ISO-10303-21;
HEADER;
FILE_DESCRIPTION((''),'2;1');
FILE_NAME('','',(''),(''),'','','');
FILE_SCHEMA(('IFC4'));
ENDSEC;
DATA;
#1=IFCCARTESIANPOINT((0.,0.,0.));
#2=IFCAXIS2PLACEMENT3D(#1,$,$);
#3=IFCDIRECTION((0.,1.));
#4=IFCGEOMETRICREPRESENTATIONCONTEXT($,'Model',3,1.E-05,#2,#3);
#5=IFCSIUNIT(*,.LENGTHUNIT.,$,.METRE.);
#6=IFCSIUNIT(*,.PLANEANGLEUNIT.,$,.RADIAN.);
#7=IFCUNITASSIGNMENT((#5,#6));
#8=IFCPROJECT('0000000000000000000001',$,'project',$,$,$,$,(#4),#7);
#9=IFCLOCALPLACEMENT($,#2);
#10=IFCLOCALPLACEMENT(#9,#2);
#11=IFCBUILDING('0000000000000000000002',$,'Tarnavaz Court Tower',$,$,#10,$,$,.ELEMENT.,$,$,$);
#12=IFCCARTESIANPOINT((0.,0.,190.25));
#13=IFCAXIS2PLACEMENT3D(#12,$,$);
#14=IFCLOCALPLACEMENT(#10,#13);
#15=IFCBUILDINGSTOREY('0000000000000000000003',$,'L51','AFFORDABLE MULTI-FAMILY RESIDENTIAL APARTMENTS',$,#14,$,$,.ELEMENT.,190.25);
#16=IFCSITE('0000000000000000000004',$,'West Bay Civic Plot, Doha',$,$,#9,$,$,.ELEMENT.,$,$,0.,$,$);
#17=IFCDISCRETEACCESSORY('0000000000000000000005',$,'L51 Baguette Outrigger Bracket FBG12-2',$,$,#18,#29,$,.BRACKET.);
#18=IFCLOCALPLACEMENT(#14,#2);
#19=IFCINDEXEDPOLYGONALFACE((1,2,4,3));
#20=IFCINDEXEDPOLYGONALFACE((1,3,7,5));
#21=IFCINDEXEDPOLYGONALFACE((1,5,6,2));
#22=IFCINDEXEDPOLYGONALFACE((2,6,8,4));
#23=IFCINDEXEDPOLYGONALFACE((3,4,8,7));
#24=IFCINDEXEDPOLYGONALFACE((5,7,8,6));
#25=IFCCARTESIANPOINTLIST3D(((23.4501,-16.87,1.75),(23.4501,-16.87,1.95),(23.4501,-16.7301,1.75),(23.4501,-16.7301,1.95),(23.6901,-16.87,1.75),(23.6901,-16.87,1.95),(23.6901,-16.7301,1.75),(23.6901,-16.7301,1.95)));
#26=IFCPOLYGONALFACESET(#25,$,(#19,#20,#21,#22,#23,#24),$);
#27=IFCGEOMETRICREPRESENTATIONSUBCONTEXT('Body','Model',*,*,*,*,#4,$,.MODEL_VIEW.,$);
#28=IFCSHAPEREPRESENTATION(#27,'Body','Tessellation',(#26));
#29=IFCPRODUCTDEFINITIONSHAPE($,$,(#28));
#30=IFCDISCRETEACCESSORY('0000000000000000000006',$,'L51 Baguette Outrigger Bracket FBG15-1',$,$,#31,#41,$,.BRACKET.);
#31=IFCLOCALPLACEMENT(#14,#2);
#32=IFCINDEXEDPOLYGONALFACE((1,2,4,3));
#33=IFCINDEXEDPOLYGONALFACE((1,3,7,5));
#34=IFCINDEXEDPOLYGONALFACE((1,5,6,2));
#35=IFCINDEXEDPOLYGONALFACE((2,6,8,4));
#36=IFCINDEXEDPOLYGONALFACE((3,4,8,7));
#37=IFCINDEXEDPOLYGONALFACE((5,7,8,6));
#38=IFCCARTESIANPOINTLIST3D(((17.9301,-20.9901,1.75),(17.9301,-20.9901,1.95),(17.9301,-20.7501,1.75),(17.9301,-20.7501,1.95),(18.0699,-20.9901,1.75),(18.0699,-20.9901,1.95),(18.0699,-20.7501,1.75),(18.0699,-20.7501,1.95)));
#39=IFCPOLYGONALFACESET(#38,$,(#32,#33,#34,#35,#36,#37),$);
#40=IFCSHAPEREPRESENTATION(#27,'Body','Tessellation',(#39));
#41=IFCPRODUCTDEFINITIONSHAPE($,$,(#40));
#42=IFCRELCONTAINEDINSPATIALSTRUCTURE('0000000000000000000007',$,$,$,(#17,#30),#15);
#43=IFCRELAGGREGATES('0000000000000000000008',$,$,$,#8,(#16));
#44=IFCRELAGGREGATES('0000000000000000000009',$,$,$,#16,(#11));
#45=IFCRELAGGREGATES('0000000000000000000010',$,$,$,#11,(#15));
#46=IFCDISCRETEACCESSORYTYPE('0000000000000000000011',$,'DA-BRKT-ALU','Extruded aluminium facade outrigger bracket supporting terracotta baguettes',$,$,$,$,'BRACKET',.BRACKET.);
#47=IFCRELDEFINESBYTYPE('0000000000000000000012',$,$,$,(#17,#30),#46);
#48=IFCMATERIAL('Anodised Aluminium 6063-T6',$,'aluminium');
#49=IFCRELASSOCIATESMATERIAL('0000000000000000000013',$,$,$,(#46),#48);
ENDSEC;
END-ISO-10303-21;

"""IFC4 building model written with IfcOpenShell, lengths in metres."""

from ifc_helpers import new_model, si_unit, direction, frame, origin, origin_2d, place, context, subcontext, project, spatial, rectangle, extrude, material, type_object, element, save


model = new_model("IFC4")

# Units and contexts
model_context = context("Model", 3, precision=1e-05, world=origin(), true_north=direction((0.0, 1.0)))
body_context = subcontext(model_context, "Body", "Model", "MODEL_VIEW")
ifc_project = project(units=[si_unit("LENGTHUNIT", "METRE"), si_unit("PLANEANGLEUNIT", "RADIAN")], contexts=[model_context])

# Site, building, storey
site_placement = place(None, origin())
site = spatial("IfcSite", under=ifc_project, at=site_placement, Name="West Bay Civic Plot, Doha", CompositionType="ELEMENT", RefElevation=0.0)
building_placement = place(site_placement, origin())
building = spatial("IfcBuilding", under=site, at=building_placement, Name="Tarnavaz Court Tower", CompositionType="ELEMENT")
storey_placement = place(building_placement, frame((0.0, 0.0, 190.25)))
storey = spatial("IfcBuildingStorey", under=building, at=storey_placement, Name="L51", Description="AFFORDABLE MULTI-FAMILY RESIDENTIAL APARTMENTS", CompositionType="ELEMENT", Elevation=190.25)

# Discrete accessories
ifc_material_1 = material(Name="Anodised Aluminium 6063-T6", Category="aluminium")
discrete_accessory_type = type_object("IfcDiscreteAccessoryType", Name="DA-BRKT-ALU", Description="Extruded aluminium facade outrigger bracket supporting terracotta baguettes", ElementType="BRACKET", PredefinedType="BRACKET", material=ifc_material_1)
for number, where, z_axis, x_axis, name in (
    (1, (23.5701, -16.8, 1.75), (0.0, 0.0, 1.0), (0.0, -1.0, 0.0), "L51 Baguette Outrigger Bracket FBG12-2"),
    (2, (18.0, -20.8701, 1.75), (0.0, 0.0, 1.0), (-1.0, 0.0, 0.0), "L51 Baguette Outrigger Bracket FBG15-1"),
):
    element("IfcDiscreteAccessory", number, at=place(storey_placement, frame(where, z_axis=z_axis, x_axis=x_axis)), inside=storey, type_object=discrete_accessory_type, Name=name, PredefinedType="BRACKET", context=body_context, shape_type="SweptSolid", body=[
        extrude(rectangle(XDim=0.1399, YDim=0.24, at=origin_2d()), origin(), (0.0, 0.0, 1.0), 0.2),
    ])

save(model, "model.ifc")
